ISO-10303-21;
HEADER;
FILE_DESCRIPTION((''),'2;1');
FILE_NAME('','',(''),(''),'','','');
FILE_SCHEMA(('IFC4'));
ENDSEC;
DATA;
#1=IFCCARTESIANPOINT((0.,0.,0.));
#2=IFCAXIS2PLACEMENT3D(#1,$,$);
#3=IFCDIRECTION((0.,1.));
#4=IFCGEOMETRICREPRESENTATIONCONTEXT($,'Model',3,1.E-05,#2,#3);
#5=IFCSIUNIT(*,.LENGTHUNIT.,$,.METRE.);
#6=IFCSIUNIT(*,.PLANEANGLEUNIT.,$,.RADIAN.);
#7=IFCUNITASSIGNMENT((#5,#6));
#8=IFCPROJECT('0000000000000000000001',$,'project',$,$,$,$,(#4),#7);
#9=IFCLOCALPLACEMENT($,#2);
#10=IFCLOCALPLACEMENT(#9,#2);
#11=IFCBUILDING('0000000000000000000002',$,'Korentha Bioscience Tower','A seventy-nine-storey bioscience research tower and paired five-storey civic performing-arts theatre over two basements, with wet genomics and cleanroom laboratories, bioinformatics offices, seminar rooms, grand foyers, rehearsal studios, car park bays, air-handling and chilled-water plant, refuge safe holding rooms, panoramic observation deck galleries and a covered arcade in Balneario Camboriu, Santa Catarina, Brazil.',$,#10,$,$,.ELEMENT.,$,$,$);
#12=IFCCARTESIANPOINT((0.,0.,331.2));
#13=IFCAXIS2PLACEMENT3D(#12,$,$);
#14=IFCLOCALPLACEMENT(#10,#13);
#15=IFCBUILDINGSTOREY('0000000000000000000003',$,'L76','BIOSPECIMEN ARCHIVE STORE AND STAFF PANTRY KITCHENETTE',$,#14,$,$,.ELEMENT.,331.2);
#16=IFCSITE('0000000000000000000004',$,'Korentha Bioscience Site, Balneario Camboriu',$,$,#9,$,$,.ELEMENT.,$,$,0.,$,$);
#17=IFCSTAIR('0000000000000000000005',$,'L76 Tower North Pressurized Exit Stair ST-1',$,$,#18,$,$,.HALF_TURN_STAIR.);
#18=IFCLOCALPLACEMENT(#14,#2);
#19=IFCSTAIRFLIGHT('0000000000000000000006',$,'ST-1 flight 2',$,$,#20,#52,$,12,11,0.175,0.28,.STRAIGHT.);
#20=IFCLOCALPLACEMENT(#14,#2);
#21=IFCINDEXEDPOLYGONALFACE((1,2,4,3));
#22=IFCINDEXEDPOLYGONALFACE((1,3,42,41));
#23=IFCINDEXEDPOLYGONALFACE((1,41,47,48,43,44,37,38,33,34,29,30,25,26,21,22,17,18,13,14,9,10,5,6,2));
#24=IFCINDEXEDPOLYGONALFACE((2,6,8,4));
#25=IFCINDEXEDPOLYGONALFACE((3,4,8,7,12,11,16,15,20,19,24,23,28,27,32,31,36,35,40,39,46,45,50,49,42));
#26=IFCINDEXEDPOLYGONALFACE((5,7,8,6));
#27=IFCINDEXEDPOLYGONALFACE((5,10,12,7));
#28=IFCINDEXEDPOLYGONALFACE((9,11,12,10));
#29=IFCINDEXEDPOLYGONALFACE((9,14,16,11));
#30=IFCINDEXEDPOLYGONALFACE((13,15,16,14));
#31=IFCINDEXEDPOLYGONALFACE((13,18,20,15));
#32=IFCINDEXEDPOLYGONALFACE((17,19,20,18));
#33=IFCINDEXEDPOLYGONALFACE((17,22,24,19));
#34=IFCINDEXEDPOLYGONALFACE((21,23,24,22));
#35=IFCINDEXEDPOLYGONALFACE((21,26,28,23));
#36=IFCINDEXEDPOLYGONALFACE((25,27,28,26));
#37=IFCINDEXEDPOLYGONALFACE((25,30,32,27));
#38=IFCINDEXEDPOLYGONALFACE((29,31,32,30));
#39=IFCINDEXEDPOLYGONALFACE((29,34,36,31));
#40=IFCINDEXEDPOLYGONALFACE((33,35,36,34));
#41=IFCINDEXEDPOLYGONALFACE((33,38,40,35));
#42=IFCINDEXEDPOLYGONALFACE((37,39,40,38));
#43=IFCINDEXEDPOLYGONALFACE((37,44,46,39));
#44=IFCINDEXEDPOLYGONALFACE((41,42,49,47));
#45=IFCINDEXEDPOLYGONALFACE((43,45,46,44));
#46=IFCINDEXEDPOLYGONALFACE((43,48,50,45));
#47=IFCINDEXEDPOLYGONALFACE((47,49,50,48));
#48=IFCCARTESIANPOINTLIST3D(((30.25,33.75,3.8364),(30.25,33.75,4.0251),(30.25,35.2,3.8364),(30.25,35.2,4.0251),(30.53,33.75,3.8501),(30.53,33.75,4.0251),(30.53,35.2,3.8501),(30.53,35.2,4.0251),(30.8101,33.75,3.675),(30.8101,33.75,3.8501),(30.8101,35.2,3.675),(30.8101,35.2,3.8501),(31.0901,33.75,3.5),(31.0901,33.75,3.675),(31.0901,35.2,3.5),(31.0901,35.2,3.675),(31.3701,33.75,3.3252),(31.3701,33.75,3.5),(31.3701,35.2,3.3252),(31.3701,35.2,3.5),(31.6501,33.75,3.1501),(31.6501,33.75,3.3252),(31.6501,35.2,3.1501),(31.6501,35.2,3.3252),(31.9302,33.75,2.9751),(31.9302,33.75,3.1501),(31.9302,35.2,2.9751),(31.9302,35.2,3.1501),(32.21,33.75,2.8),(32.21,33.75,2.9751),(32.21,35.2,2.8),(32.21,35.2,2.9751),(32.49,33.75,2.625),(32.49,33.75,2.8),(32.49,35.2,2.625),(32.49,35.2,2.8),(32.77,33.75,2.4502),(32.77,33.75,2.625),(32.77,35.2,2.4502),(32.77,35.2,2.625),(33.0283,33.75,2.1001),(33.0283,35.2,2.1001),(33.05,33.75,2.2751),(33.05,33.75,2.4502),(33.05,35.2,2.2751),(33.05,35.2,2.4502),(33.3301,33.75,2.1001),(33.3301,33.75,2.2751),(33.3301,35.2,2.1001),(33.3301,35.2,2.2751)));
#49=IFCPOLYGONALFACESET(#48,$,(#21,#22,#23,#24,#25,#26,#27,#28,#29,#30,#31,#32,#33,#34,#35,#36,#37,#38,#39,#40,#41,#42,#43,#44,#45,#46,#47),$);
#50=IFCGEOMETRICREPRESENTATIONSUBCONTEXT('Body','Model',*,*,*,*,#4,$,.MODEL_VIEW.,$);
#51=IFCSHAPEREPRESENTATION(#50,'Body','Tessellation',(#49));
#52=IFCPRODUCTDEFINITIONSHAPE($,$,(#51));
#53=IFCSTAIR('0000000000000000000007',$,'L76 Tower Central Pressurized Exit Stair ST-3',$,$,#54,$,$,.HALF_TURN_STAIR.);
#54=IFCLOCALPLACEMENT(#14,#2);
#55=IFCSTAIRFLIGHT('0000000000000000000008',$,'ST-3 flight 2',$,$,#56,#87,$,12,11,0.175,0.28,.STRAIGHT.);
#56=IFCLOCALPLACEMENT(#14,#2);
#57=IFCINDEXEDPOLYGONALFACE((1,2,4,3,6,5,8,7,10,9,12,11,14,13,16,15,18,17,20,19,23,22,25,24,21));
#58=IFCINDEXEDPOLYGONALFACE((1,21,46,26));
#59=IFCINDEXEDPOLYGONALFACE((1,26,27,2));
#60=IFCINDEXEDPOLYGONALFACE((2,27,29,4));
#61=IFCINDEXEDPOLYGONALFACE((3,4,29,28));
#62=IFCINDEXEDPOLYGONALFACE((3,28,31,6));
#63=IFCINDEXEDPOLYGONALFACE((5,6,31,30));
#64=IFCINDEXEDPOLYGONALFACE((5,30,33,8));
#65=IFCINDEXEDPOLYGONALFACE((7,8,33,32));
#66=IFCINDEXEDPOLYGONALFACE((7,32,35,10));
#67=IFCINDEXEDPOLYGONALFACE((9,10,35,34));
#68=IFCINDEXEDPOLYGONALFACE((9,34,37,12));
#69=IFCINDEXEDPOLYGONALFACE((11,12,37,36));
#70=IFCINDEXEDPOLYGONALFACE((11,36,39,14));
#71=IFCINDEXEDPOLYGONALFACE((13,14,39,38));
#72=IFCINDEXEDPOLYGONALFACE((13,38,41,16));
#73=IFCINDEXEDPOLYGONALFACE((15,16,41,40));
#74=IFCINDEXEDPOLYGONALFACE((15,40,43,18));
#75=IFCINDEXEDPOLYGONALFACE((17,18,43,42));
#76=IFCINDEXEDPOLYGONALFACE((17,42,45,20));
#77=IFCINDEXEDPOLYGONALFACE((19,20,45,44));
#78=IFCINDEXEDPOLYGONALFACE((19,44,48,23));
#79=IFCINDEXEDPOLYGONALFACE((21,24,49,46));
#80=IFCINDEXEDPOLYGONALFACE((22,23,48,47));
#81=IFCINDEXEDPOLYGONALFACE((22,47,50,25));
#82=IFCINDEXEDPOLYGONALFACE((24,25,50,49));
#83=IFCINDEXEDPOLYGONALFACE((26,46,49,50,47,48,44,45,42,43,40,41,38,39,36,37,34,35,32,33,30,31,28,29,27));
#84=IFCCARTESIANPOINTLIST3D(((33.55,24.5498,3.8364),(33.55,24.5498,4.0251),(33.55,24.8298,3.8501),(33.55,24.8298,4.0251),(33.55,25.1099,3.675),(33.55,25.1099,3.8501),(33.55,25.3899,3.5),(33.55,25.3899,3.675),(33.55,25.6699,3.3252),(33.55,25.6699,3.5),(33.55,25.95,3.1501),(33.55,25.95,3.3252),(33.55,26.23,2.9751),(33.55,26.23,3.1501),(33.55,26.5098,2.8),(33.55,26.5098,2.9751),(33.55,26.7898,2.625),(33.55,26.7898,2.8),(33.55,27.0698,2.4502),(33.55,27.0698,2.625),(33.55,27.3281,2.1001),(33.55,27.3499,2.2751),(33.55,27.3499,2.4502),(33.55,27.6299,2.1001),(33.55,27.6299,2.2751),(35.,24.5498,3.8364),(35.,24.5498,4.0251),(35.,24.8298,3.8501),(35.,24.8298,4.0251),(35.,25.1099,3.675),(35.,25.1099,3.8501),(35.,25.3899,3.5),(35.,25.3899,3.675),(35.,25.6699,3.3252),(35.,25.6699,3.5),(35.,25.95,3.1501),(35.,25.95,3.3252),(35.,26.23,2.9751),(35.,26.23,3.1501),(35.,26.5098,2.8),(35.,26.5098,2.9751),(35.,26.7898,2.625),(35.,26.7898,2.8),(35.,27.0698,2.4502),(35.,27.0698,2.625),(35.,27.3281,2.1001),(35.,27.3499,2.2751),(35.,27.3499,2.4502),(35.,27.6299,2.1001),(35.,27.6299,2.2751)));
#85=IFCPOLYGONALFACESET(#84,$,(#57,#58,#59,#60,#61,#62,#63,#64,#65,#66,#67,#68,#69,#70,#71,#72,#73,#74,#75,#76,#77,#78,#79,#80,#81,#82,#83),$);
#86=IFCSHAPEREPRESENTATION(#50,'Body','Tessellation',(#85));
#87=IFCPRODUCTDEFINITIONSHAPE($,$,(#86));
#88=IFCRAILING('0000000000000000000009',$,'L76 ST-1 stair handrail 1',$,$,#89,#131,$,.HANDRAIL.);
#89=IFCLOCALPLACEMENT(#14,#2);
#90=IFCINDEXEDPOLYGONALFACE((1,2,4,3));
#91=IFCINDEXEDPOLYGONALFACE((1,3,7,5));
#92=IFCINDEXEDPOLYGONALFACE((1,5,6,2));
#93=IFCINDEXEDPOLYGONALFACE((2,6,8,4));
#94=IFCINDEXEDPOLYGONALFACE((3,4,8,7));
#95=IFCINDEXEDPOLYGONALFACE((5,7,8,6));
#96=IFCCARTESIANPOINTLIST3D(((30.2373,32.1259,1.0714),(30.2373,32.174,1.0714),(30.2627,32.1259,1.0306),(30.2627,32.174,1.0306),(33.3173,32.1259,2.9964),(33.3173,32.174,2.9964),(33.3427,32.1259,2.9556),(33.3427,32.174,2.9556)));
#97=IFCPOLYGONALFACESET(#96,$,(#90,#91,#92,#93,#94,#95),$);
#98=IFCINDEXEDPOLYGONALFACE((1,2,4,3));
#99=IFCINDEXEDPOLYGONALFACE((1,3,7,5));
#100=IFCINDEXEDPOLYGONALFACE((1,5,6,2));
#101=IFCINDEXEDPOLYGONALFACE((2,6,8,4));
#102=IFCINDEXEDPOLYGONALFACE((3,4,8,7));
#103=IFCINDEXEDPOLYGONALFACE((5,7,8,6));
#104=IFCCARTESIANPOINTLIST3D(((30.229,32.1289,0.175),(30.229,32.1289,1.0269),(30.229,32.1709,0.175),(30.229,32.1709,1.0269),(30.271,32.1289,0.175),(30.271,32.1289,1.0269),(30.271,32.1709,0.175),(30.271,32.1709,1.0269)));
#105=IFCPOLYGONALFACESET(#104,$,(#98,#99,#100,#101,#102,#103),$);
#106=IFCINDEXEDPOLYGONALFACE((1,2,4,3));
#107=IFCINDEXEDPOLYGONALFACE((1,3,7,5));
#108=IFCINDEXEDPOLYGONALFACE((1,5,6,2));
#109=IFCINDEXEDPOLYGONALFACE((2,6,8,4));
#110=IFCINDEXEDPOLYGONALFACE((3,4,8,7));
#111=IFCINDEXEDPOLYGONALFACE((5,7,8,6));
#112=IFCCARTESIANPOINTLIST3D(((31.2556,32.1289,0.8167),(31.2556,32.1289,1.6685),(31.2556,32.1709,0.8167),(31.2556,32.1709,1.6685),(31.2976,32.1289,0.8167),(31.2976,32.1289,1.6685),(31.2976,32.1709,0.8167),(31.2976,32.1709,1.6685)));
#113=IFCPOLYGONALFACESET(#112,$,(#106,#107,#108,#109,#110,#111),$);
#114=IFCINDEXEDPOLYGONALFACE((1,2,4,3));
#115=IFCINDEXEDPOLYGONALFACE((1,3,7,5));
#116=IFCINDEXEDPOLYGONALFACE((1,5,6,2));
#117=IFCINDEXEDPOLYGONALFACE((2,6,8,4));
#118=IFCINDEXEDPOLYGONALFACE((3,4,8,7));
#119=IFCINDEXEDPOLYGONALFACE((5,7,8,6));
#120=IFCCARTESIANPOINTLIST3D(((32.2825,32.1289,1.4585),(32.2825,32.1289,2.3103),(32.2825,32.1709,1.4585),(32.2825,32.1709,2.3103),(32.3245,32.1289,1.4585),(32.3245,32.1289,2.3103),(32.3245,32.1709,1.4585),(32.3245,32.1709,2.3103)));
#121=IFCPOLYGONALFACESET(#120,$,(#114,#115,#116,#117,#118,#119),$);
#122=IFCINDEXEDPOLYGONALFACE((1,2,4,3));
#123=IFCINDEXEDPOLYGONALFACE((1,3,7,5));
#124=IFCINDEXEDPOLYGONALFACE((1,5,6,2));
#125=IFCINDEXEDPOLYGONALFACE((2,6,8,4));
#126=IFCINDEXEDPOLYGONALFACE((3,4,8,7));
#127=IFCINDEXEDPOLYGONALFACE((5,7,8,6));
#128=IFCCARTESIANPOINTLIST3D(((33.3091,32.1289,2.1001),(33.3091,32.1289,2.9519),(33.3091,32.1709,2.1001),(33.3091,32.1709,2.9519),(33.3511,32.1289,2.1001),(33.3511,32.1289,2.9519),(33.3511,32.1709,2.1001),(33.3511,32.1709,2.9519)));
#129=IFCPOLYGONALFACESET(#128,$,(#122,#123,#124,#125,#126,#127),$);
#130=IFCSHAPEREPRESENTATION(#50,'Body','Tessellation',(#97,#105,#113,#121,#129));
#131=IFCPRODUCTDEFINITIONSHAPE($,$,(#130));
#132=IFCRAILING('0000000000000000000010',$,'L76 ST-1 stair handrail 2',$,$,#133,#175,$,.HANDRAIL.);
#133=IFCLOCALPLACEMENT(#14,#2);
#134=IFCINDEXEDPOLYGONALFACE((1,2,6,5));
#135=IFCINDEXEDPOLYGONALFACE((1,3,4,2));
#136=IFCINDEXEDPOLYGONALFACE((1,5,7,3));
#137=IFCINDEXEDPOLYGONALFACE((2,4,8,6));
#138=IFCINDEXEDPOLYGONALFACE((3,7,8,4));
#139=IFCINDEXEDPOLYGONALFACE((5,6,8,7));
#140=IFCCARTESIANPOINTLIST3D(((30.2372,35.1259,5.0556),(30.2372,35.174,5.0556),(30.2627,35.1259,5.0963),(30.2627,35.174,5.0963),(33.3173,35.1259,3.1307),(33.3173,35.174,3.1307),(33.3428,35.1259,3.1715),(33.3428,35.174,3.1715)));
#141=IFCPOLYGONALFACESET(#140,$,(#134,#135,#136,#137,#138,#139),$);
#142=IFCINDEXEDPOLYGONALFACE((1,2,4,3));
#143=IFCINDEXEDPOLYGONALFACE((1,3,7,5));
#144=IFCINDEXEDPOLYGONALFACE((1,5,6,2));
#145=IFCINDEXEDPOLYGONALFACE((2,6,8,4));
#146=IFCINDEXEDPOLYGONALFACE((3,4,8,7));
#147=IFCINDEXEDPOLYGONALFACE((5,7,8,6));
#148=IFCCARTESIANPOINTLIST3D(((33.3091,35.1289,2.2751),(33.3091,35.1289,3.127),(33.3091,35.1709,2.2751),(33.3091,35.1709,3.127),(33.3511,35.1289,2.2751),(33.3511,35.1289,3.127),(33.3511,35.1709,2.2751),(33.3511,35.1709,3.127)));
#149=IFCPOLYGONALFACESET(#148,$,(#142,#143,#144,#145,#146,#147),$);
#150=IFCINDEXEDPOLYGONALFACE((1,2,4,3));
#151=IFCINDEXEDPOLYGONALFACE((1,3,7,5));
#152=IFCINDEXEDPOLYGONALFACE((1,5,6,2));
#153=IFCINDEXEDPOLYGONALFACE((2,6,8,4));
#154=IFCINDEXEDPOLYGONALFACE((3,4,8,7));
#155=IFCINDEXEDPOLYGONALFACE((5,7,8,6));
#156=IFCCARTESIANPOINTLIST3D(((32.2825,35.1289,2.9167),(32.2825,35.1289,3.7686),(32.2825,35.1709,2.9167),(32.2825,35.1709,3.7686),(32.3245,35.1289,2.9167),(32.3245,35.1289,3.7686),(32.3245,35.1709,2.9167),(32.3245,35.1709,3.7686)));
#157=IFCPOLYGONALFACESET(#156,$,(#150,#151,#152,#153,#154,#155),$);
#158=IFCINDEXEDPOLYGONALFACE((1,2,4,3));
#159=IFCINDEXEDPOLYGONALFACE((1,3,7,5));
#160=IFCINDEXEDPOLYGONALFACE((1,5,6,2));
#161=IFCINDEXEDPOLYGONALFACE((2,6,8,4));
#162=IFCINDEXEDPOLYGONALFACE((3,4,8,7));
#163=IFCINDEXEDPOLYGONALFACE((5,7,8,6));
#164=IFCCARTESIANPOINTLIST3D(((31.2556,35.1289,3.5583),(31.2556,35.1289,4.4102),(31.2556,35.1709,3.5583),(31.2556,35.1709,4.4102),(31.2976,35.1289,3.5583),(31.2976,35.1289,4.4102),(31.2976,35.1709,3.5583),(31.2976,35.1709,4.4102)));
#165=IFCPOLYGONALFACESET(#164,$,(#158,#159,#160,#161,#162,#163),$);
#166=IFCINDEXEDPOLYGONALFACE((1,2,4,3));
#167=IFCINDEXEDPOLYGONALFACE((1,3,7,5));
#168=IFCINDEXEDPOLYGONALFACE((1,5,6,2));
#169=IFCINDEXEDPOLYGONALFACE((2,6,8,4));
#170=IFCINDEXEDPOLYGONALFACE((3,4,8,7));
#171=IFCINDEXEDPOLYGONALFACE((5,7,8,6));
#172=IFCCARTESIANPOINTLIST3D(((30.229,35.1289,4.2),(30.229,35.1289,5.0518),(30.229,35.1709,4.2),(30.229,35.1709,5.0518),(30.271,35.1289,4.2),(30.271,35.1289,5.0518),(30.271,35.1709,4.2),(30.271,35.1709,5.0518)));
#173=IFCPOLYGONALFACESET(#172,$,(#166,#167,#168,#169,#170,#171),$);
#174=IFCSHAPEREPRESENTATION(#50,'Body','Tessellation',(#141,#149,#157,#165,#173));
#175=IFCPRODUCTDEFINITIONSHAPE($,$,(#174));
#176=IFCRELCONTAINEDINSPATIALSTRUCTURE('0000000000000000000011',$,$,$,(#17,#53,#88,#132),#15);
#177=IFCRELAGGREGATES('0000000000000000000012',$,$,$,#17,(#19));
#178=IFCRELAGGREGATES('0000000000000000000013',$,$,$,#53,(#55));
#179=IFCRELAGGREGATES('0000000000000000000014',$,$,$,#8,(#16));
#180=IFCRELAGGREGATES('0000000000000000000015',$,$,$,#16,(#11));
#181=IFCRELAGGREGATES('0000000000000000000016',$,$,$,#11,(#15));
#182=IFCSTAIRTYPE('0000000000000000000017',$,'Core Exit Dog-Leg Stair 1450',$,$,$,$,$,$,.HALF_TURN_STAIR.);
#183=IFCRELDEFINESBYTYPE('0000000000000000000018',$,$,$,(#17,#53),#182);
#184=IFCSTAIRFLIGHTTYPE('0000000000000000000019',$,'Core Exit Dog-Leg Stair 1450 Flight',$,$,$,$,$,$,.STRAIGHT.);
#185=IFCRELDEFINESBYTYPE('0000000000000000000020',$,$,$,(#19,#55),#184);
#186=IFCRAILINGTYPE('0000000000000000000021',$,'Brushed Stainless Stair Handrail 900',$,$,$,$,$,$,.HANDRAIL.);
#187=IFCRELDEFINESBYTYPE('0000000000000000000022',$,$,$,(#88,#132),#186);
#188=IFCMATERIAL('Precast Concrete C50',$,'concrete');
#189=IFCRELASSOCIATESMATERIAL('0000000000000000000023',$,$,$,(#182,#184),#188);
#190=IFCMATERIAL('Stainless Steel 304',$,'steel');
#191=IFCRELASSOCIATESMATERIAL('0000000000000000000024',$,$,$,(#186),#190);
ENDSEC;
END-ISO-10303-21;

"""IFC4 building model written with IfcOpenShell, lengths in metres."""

from ifc_helpers import new_model, si_unit, direction, frame, origin, origin_2d, place, context, subcontext, project, spatial, polyline, rectangle, outline, extrude, material, type_object, element, aggregate, save


model = new_model("IFC4")

# Units and contexts
model_context = context("Model", 3, precision=1e-05, world=origin(), true_north=direction((0.0, 1.0)))
body_context = subcontext(model_context, "Body", "Model", "MODEL_VIEW")
ifc_project = project(units=[si_unit("LENGTHUNIT", "METRE"), si_unit("PLANEANGLEUNIT", "RADIAN")], contexts=[model_context])

# Site, building, storey
site_placement = place(None, origin())
site = spatial("IfcSite", under=ifc_project, at=site_placement, Name="Korentha Bioscience Site, Balneario Camboriu", CompositionType="ELEMENT", RefElevation=0.0)
building_placement = place(site_placement, origin())
building = spatial("IfcBuilding", under=site, at=building_placement, Name="Korentha Bioscience Tower", Description="A seventy-nine-storey bioscience research tower and paired five-storey civic performing-arts theatre over two basements, with wet genomics and cleanroom laboratories, bioinformatics offices, seminar rooms, grand foyers, rehearsal studios, car park bays, air-handling and chilled-water plant, refuge safe holding rooms, panoramic observation deck galleries and a covered arcade in Balneario Camboriu, Santa Catarina, Brazil.", CompositionType="ELEMENT")
storey_placement = place(building_placement, frame((0.0, 0.0, 331.2)))
storey = spatial("IfcBuildingStorey", under=building, at=storey_placement, Name="L76", Description="BIOSPECIMEN ARCHIVE STORE AND STAFF PANTRY KITCHENETTE", CompositionType="ELEMENT", Elevation=331.2)

# Stair, stair flight
ifc_material_1 = material(Name="Precast Concrete C50", Category="concrete")
stair_type = type_object("IfcStairType", Name="Core Exit Dog-Leg Stair 1450", PredefinedType="HALF_TURN_STAIR", material=ifc_material_1)
stair_1_placement = place(storey_placement, origin())
stair_1 = element("IfcStair", 1, at=stair_1_placement, inside=storey, type_object=stair_type, Name="L76 Tower North Pressurized Exit Stair ST-1", PredefinedType="HALF_TURN_STAIR")
stair_flight_type = type_object("IfcStairFlightType", Name="Core Exit Dog-Leg Stair 1450 Flight", PredefinedType="STRAIGHT", material=ifc_material_1)
stair_flight_1_placement = place(storey_placement, frame((33.3301, 34.4751, 2.1001), z_axis=(0.0, 0.0, 1.0), x_axis=(-1.0, 0.0, 0.0)))
stair_flight_1 = element("IfcStairFlight", 2, at=stair_flight_1_placement, type_object=stair_flight_type, Name="ST-1 flight 2", NumberOfRisers=12, NumberOfTreads=11, PredefinedType="STRAIGHT", RiserHeight=0.175, TreadLength=0.28, context=body_context, shape_type="SweptSolid", body=[
    extrude(outline(polyline([(0.0, 0.0), (0.0, 0.175), (0.28, 0.175), (0.28, 0.3501), (0.5601, 0.3501), (0.5601, 0.5249), (0.8401, 0.5249), (0.8401, 0.7), (1.1201, 0.7), (1.1201, 0.875), (1.3999, 0.875), (1.3999, 1.05), (1.6799, 1.05), (1.6799, 1.2251), (1.96, 1.2251), (1.96, 1.3999), (2.24, 1.3999), (2.24, 1.575), (2.52, 1.575), (2.52, 1.75), (2.8, 1.75), (2.8, 1.925), (3.0801, 1.925), (3.0801, 2.1001), (3.0801, 1.7363), (0.3018, 0.0), (0.0, 0.0)])), frame((0.0, 0.7251, 0.0), z_axis=(0.0, -1.0, 0.0), x_axis=(1.0, 0.0, 0.0)), (0.0, 0.0, 1.0), 1.45),
])
aggregate(stair_1, [stair_flight_1])

# Stair, stair flight
stair_2_placement = place(storey_placement, origin())
stair_2 = element("IfcStair", 3, at=stair_2_placement, inside=storey, type_object=stair_type, Name="L76 Tower Central Pressurized Exit Stair ST-3", PredefinedType="HALF_TURN_STAIR")
stair_flight_2_placement = place(storey_placement, frame((34.2749, 27.6299, 2.1001), z_axis=(0.0, 0.0, 1.0), x_axis=(0.0, -1.0, 0.0)))
stair_flight_2 = element("IfcStairFlight", 4, at=stair_flight_2_placement, type_object=stair_flight_type, Name="ST-3 flight 2", NumberOfRisers=12, NumberOfTreads=11, PredefinedType="STRAIGHT", RiserHeight=0.175, TreadLength=0.28, context=body_context, shape_type="SweptSolid", body=[
    extrude(outline(polyline([(0.0, 0.0), (0.0, 0.175), (0.28, 0.175), (0.28, 0.3501), (0.5601, 0.3501), (0.5601, 0.5249), (0.8401, 0.5249), (0.8401, 0.7), (1.1201, 0.7), (1.1201, 0.875), (1.3999, 0.875), (1.3999, 1.05), (1.6799, 1.05), (1.6799, 1.2251), (1.96, 1.2251), (1.96, 1.3999), (2.24, 1.3999), (2.24, 1.575), (2.52, 1.575), (2.52, 1.75), (2.8, 1.75), (2.8, 1.925), (3.0801, 1.925), (3.0801, 2.1001), (3.0801, 1.7363), (0.3018, 0.0), (0.0, 0.0)])), frame((0.0, 0.7251, 0.0), z_axis=(0.0, -1.0, 0.0), x_axis=(1.0, 0.0, 0.0)), (0.0, 0.0, 1.0), 1.45),
])
aggregate(stair_2, [stair_flight_2])

# Railings
ifc_material_2 = material(Name="Stainless Steel 304", Category="steel")
railing_type_1 = type_object("IfcRailingType", Name="Brushed Stainless Stair Handrail 900", PredefinedType="HANDRAIL", material=ifc_material_2)
railing_1_placement = place(storey_placement, frame((30.25, 32.1499, 0.175)))
element("IfcRailing", 5, at=railing_1_placement, inside=storey, type_object=railing_type_1, Name="L76 ST-1 stair handrail 1", PredefinedType="HANDRAIL", context=body_context, shape_type="SweptSolid", body=[
    extrude(rectangle(XDim=0.0481, YDim=0.0481, at=origin_2d()), frame((0.0, 0.0, 0.876), z_axis=(0.847998, 0.0, 0.529999), x_axis=(0.0, 1.0, 0.0)), (0.0, 0.0, 1.0), 3.6321),
    extrude(rectangle(XDim=0.042, YDim=0.042, at=origin_2d()), origin(), (0.0, 0.0, 1.0), 0.8518),
    extrude(rectangle(XDim=0.042, YDim=0.042, at=origin_2d()), frame((1.0266, 0.0, 0.6416)), (0.0, 0.0, 1.0), 0.8518),
    extrude(rectangle(XDim=0.042, YDim=0.042, at=origin_2d()), frame((2.0535, 0.0, 1.2834)), (0.0, 0.0, 1.0), 0.8518),
    extrude(rectangle(XDim=0.042, YDim=0.042, at=origin_2d()), frame((3.0801, 0.0, 1.925)), (0.0, 0.0, 1.0), 0.8518),
])
railing_2_placement = place(storey_placement, frame((33.3301, 35.1499, 2.2751)))
element("IfcRailing", 6, at=railing_2_placement, inside=storey, type_object=railing_type_1, Name="L76 ST-1 stair handrail 2", PredefinedType="HANDRAIL", context=body_context, shape_type="SweptSolid", body=[
    extrude(rectangle(XDim=0.0481, YDim=0.0481, at=origin_2d()), frame((0.0, 0.0, 0.876), z_axis=(-0.848029, 0.0, 0.529951), x_axis=(0.0, -1.0, 0.0)), (0.0, 0.0, 1.0), 3.6321),
    extrude(rectangle(XDim=0.042, YDim=0.042, at=origin_2d()), origin(), (0.0, 0.0, 1.0), 0.8518),
    extrude(rectangle(XDim=0.042, YDim=0.042, at=origin_2d()), frame((-1.0266, 0.0, 0.6416)), (0.0, 0.0, 1.0), 0.8518),
    extrude(rectangle(XDim=0.042, YDim=0.042, at=origin_2d()), frame((-2.0535, 0.0, 1.2832)), (0.0, 0.0, 1.0), 0.8518),
    extrude(rectangle(XDim=0.042, YDim=0.042, at=origin_2d()), frame((-3.0801, 0.0, 1.9248)), (0.0, 0.0, 1.0), 0.8518),
])

save(model, "model.ifc")
